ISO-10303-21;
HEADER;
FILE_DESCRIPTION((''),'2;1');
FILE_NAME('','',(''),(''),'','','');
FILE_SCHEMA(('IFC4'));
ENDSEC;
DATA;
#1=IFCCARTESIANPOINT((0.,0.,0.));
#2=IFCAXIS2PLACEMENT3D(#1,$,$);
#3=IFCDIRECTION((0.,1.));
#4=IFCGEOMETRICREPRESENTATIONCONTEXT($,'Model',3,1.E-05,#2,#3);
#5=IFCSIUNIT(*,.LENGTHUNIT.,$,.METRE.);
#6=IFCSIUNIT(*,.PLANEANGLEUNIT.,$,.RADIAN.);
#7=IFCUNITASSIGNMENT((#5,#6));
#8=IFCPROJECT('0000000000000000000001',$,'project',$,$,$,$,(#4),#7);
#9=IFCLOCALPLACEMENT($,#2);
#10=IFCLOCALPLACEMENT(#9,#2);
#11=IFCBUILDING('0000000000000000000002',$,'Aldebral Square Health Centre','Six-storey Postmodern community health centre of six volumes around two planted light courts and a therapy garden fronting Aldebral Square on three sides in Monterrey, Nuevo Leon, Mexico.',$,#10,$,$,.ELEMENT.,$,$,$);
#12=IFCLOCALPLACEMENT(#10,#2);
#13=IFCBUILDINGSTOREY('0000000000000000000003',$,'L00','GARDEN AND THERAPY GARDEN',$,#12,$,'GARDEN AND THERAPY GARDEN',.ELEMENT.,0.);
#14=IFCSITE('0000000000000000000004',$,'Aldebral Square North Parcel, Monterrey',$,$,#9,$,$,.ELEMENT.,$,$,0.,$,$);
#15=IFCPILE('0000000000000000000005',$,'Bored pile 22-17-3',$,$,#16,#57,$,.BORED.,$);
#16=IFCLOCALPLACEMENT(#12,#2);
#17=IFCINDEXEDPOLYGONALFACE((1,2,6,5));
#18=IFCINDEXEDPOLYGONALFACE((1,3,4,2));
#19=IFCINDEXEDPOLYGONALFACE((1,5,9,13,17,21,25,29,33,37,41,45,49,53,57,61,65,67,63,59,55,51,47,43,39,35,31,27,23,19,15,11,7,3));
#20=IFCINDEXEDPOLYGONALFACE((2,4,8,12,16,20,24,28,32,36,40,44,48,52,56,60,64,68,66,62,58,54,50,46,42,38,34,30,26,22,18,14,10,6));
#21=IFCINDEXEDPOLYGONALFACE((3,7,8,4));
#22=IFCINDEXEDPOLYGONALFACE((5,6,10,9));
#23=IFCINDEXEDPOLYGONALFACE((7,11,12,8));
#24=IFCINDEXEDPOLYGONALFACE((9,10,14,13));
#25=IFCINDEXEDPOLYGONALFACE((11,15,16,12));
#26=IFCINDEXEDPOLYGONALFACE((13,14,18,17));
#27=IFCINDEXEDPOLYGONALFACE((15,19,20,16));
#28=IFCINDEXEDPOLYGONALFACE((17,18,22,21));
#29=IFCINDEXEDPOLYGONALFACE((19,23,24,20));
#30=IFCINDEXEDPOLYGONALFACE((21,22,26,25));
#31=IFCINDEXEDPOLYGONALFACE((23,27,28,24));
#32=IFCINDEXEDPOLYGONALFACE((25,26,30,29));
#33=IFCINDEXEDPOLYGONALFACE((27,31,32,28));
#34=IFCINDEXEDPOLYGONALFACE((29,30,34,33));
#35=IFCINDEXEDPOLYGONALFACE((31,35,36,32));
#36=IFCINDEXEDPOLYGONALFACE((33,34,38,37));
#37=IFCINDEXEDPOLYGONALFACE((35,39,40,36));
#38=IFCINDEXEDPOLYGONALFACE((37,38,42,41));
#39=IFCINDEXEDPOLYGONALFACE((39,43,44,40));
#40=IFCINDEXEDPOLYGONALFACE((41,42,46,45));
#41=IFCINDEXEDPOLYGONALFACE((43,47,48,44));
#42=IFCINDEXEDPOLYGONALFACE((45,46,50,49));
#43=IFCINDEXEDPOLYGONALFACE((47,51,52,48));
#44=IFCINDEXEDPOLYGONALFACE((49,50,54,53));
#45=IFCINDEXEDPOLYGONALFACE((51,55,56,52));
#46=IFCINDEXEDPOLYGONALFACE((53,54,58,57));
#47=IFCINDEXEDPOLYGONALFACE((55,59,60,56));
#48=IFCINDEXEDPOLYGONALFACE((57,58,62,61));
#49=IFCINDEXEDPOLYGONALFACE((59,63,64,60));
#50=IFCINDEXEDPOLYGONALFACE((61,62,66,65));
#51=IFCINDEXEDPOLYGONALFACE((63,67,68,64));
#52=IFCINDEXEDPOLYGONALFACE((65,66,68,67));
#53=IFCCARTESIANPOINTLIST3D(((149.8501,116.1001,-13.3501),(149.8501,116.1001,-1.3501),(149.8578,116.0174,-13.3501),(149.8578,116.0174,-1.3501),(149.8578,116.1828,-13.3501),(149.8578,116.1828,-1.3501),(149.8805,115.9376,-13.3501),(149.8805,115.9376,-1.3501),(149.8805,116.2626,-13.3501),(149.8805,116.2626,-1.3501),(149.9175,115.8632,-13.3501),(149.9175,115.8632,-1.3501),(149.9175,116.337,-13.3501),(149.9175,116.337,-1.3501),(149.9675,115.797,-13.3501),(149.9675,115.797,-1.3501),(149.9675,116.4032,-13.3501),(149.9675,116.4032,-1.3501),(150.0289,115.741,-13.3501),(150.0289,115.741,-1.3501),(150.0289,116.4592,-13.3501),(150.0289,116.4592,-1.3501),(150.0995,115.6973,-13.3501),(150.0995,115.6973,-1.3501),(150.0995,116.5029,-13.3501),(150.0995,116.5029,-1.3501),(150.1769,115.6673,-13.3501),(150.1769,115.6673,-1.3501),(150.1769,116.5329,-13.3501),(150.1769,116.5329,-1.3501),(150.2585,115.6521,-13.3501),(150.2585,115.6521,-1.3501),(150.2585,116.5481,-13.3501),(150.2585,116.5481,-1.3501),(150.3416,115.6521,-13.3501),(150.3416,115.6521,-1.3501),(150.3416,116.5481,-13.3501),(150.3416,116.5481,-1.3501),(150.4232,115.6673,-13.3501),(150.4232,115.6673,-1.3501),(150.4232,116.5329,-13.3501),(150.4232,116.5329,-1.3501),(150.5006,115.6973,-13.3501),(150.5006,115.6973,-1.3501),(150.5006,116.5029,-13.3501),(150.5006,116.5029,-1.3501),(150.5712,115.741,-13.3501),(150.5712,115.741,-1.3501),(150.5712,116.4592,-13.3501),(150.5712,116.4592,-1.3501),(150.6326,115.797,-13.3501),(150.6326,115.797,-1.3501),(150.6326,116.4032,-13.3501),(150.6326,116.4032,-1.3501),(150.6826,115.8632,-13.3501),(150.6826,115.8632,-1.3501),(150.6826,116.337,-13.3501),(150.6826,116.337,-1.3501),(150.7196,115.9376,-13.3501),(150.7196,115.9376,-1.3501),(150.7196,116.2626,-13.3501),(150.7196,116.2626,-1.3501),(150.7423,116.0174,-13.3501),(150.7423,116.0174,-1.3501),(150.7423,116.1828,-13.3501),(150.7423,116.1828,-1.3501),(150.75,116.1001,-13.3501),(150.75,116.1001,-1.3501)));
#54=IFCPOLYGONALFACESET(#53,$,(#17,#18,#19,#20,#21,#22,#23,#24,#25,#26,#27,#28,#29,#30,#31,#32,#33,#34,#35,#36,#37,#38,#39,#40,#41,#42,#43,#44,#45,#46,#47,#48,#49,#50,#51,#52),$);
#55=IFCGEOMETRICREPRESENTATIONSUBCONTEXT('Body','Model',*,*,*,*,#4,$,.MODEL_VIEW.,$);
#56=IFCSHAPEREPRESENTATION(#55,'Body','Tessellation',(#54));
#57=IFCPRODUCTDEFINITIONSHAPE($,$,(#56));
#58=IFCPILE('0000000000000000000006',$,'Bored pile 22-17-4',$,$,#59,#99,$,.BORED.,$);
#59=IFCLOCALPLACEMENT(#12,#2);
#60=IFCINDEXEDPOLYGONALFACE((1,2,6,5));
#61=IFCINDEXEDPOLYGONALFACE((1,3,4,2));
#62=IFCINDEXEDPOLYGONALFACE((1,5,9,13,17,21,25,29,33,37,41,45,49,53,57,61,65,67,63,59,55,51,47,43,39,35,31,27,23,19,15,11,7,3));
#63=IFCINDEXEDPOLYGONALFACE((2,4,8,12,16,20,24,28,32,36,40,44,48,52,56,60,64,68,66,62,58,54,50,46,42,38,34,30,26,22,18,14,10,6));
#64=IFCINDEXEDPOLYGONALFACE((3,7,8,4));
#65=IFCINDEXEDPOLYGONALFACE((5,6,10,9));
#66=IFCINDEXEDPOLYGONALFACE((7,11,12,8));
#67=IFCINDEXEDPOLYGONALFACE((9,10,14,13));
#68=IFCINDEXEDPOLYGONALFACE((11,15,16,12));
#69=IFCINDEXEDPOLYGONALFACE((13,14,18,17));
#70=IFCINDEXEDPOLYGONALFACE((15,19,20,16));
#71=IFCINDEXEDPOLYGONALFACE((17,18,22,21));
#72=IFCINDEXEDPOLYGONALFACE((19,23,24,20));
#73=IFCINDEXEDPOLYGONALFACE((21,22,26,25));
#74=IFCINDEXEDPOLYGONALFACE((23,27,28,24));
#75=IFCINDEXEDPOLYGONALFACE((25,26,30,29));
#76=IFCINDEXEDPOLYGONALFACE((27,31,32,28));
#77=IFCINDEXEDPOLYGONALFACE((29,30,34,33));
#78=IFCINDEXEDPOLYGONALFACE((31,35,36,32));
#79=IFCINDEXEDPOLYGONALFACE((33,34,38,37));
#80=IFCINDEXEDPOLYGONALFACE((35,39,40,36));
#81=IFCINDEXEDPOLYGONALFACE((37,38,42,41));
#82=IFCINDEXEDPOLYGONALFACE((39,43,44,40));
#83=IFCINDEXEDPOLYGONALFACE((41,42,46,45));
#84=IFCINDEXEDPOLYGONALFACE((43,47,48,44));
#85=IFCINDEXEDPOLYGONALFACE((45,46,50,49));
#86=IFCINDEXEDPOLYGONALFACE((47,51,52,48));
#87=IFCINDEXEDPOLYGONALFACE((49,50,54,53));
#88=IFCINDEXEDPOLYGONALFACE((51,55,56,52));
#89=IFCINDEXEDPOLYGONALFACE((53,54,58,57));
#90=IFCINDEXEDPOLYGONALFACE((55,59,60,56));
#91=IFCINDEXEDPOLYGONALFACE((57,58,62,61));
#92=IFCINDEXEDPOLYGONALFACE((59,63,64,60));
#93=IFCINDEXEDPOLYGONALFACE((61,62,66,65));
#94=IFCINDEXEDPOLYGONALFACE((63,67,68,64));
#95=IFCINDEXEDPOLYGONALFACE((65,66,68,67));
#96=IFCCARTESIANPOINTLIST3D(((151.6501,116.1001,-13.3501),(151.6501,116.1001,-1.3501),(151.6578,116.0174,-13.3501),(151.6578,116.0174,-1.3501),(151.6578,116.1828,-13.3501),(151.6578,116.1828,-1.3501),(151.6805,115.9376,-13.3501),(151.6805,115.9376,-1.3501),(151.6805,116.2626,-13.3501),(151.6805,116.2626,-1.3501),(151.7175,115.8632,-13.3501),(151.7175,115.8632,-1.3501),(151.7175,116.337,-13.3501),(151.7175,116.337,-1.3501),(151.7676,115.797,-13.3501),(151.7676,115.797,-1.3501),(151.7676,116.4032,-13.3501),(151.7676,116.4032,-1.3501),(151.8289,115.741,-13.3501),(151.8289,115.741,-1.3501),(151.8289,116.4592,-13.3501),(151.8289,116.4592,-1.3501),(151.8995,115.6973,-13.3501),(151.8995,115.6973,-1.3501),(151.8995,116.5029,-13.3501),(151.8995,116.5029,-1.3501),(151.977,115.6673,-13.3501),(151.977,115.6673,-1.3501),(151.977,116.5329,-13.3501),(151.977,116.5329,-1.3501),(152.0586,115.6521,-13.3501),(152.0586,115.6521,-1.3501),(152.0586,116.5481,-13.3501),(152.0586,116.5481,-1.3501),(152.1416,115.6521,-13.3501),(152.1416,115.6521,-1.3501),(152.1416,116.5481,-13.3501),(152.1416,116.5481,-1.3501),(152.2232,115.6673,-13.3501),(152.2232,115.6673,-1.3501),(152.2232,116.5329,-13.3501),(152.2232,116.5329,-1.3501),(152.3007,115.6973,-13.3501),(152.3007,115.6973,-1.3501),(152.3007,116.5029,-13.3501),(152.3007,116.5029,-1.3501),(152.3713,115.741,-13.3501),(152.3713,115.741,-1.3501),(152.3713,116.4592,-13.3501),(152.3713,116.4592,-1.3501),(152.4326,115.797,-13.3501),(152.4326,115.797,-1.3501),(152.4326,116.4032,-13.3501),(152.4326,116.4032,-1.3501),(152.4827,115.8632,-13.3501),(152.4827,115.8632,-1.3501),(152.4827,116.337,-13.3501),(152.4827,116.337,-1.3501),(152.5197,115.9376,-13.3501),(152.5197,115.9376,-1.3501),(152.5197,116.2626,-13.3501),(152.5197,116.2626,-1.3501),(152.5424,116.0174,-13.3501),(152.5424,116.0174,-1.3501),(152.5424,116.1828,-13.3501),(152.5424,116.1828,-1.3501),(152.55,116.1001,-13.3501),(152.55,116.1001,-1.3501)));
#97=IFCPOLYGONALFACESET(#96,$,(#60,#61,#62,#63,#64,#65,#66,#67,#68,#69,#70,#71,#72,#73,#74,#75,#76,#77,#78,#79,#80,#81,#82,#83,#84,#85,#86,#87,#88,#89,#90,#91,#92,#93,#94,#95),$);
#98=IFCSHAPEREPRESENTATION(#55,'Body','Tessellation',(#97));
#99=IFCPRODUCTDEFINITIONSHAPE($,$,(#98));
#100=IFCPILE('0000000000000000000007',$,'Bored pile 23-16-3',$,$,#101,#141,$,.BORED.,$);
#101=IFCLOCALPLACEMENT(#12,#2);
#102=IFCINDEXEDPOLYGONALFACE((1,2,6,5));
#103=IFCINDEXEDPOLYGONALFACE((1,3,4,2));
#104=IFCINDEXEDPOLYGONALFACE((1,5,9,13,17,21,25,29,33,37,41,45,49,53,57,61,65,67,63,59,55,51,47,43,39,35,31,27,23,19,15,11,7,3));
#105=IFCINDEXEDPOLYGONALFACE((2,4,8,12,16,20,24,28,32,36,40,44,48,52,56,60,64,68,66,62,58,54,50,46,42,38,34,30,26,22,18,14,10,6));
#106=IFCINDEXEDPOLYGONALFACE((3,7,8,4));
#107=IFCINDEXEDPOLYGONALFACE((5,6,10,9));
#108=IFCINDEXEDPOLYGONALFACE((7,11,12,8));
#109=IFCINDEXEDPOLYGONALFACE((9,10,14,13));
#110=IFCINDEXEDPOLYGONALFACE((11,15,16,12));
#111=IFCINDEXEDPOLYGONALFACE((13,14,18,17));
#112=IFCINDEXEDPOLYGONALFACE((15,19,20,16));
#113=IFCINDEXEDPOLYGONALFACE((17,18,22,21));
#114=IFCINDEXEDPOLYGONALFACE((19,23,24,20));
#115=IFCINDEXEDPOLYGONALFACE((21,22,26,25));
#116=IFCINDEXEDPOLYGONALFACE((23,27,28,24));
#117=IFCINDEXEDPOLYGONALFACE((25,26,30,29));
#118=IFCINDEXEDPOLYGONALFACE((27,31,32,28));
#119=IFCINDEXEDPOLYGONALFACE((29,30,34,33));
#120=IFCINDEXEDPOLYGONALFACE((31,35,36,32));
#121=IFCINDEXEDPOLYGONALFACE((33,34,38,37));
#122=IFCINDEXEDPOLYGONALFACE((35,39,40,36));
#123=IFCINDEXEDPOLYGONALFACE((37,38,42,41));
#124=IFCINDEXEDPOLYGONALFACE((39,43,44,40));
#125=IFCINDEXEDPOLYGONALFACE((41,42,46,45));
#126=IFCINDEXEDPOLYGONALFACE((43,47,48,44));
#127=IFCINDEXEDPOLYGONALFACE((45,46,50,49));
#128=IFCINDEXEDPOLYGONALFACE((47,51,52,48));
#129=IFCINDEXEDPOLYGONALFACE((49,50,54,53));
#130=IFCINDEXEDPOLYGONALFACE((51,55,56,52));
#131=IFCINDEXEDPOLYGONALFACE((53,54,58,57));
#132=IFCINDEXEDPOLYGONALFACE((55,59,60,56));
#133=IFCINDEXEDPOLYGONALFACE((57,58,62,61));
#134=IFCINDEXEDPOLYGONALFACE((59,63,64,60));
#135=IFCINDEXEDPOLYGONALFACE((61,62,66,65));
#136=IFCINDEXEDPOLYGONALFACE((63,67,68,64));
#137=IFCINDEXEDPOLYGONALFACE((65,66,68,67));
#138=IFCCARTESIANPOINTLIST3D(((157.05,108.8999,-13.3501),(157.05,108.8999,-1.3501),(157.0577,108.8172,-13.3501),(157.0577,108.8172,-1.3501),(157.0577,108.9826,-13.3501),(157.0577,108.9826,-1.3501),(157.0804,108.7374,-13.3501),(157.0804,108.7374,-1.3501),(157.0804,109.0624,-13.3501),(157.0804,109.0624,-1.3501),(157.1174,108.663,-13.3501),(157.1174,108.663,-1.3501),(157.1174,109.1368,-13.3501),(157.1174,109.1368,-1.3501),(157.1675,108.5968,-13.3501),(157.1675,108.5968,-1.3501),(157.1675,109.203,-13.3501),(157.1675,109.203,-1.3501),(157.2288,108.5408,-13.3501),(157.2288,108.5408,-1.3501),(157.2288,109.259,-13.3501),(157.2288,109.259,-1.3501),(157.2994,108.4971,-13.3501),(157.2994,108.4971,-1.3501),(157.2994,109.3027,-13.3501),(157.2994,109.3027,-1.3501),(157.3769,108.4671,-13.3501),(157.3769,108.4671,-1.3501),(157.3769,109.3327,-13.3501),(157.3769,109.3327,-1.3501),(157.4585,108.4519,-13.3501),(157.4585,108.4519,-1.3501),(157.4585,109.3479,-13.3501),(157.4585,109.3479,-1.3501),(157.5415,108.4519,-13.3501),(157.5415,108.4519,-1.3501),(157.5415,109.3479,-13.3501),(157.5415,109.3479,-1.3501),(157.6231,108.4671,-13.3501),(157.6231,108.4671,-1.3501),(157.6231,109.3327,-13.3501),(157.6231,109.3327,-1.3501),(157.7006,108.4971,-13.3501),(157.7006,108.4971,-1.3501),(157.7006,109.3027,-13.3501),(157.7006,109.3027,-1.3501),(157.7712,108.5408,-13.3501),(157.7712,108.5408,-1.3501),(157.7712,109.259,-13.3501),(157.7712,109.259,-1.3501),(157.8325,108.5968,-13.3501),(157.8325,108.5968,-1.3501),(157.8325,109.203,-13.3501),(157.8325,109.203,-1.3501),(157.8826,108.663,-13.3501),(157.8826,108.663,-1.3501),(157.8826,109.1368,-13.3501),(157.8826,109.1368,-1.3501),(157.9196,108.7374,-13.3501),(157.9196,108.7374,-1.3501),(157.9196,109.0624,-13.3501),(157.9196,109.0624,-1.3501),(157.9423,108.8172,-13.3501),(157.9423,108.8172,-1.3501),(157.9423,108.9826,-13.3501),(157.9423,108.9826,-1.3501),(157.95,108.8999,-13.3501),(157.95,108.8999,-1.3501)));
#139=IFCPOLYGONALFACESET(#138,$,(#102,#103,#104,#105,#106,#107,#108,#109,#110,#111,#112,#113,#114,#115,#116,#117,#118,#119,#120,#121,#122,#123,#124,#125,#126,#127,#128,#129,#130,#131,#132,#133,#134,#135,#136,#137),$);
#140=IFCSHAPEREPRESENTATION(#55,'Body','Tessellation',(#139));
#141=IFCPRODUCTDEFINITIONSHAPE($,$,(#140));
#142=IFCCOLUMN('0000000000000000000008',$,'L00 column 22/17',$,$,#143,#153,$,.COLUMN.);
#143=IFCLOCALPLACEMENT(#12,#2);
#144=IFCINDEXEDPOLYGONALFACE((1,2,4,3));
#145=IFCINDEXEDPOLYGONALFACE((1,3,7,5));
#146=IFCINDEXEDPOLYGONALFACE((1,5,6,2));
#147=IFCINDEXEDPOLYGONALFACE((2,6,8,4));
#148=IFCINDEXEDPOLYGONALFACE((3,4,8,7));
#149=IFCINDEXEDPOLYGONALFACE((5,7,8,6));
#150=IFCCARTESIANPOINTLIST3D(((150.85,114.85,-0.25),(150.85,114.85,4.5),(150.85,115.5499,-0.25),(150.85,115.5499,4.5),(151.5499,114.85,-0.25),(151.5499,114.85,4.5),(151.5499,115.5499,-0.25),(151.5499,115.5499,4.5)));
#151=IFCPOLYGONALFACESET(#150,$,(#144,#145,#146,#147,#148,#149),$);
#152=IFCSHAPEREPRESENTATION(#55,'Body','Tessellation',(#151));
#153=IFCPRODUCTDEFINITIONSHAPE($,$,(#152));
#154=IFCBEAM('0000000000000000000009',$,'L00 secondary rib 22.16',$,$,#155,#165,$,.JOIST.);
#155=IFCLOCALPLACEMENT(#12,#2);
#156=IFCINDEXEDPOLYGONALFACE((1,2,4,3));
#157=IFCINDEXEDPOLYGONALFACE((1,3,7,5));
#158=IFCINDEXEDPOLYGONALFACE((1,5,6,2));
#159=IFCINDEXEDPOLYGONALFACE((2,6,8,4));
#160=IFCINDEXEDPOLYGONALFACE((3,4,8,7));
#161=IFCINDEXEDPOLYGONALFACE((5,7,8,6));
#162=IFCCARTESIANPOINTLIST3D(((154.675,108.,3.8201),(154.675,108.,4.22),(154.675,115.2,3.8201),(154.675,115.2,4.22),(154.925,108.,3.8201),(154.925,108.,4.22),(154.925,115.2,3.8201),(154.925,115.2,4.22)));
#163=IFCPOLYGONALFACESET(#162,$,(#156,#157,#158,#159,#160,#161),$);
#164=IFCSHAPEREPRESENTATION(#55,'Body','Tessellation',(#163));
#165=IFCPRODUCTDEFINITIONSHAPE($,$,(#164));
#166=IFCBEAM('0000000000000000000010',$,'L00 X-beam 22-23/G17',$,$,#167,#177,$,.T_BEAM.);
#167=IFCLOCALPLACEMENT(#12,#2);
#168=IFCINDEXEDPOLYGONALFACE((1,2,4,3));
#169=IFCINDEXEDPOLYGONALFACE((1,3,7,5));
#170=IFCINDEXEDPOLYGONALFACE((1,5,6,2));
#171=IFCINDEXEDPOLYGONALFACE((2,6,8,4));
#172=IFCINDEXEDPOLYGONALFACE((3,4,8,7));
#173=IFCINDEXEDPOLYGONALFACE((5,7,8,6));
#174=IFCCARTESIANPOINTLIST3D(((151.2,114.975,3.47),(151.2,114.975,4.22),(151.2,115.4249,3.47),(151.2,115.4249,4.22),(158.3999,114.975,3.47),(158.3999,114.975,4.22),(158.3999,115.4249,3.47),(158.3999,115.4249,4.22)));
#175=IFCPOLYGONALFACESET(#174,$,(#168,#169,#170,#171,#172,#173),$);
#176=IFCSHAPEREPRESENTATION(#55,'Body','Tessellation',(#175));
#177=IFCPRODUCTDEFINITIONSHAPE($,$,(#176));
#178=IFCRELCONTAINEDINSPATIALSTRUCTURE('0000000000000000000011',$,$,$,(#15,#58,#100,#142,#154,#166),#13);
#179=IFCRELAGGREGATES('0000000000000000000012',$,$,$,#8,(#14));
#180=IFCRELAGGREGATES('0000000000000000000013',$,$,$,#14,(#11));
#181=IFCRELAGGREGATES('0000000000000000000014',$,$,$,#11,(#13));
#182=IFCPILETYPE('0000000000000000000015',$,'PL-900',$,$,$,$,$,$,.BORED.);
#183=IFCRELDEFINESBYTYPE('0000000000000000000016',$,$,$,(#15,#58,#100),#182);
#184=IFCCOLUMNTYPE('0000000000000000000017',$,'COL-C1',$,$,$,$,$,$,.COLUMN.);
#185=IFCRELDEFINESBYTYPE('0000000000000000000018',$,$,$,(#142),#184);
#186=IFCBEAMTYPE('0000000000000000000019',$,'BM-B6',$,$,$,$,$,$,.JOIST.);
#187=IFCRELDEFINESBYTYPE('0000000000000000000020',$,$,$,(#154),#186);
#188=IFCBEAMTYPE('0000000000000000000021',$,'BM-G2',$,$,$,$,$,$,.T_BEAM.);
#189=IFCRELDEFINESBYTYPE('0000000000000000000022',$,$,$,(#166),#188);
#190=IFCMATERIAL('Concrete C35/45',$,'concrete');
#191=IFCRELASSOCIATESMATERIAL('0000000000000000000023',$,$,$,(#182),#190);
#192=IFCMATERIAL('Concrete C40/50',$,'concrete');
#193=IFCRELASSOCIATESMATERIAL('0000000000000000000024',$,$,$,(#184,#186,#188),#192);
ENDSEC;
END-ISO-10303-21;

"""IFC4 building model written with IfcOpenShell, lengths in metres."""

from ifc_helpers import new_model, si_unit, direction, frame, origin, origin_2d, place, context, subcontext, project, spatial, rectangle, circle, extrude, material, material_profile, profile_set, type_object, element, save


model = new_model("IFC4")

# Units and contexts
model_context = context("Model", 3, precision=1e-05, world=origin(), true_north=direction((0.0, 1.0)))
body_context = subcontext(model_context, "Body", "Model", "MODEL_VIEW")
ifc_project = project(units=[si_unit("LENGTHUNIT", "METRE"), si_unit("PLANEANGLEUNIT", "RADIAN")], contexts=[model_context])

# Site, building, storey
site_placement = place(None, origin())
site = spatial("IfcSite", under=ifc_project, at=site_placement, Name="Aldebral Square North Parcel, Monterrey", CompositionType="ELEMENT", RefElevation=0.0)
building_placement = place(site_placement, origin())
building = spatial("IfcBuilding", under=site, at=building_placement, Name="Aldebral Square Health Centre", Description="Six-storey Postmodern community health centre of six volumes around two planted light courts and a therapy garden fronting Aldebral Square on three sides in Monterrey, Nuevo Leon, Mexico.", CompositionType="ELEMENT")
storey_placement = place(building_placement, origin())
storey = spatial("IfcBuildingStorey", under=building, at=storey_placement, Name="L00", Description="GARDEN AND THERAPY GARDEN", LongName="GARDEN AND THERAPY GARDEN", CompositionType="ELEMENT", Elevation=0.0)

# Shared definitions
ifc_material_1 = material(Name="Concrete C35/45", Category="concrete")

# Piles
ifc_material_profile_1 = material_profile(ifc_material_1, circle(Radius=0.45, at=origin_2d()), Name="PILE D900")
ifc_profile_set_1 = profile_set([ifc_material_profile_1], Name="Concrete C35/45")
pile_type = type_object("IfcPileType", Name="PL-900", PredefinedType="BORED", material=ifc_profile_set_1)
for number, where, z_axis, x_axis, name in (
    (1, (150.3, 116.1001, -1.3501), (0.0, 0.0, -1.0), (1.0, 0.0, 0.0), "Bored pile 22-17-3"),
    (2, (152.1001, 116.1001, -1.3501), (0.0, 0.0, -1.0), (1.0, 0.0, 0.0), "Bored pile 22-17-4"),
    (3, (157.5, 108.8999, -1.3501), (0.0, 0.0, -1.0), (1.0, 0.0, 0.0), "Bored pile 23-16-3"),
):
    element("IfcPile", number, at=place(storey_placement, frame(where, z_axis=z_axis, x_axis=x_axis)), inside=storey, type_object=pile_type, Name=name, PredefinedType="BORED", context=body_context, shape_type="SweptSolid", body=[
        extrude(circle(Radius=0.45, at=origin_2d()), origin(), (0.0, 0.0, 1.0), 12.0),
    ])

# Column
ifc_material_2 = material(Name="Concrete C40/50", Category="concrete")
ifc_material_profile_2 = material_profile(ifc_material_2, rectangle(XDim=0.7, YDim=0.7, at=origin_2d()), Name="RC 700x700")
ifc_profile_set_2 = profile_set([ifc_material_profile_2], Name="Concrete C40/50")
column_type = type_object("IfcColumnType", Name="COL-C1", PredefinedType="COLUMN", material=ifc_profile_set_2)
column_placement = place(storey_placement, frame((151.2, 115.2, -0.25), z_axis=(0.0, 0.0, 1.0), x_axis=(1.0, 0.0, 0.0)))
element("IfcColumn", 4, at=column_placement, inside=storey, type_object=column_type, Name="L00 column 22/17", PredefinedType="COLUMN", context=body_context, shape_type="SweptSolid", body=[
    extrude(rectangle(XDim=0.7, YDim=0.7, at=origin_2d()), origin(), (0.0, 0.0, 1.0), 4.75),
])

# Beams
ifc_material_profile_3 = material_profile(ifc_material_2, rectangle(XDim=0.25, YDim=0.3999, at=origin_2d()), Name="RC 250x400")
ifc_profile_set_3 = profile_set([ifc_material_profile_3], Name="Concrete C40/50")
beam_type_1 = type_object("IfcBeamType", Name="BM-B6", PredefinedType="JOIST", material=ifc_profile_set_3)
beam_1_placement = place(storey_placement, frame((154.8, 108.0, 4.02), z_axis=(0.0, 1.0, 0.0), x_axis=(-1.0, 0.0, 0.0)))
element("IfcBeam", 5, at=beam_1_placement, inside=storey, type_object=beam_type_1, Name="L00 secondary rib 22.16", PredefinedType="JOIST", context=body_context, shape_type="SweptSolid", body=[
    extrude(rectangle(XDim=0.25, YDim=0.3999, at=origin_2d()), origin(), (0.0, 0.0, 1.0), 7.2),
])
ifc_material_profile_4 = material_profile(ifc_material_2, rectangle(XDim=0.45, YDim=0.75, at=origin_2d()), Name="RC 450x750")
ifc_profile_set_4 = profile_set([ifc_material_profile_4], Name="Concrete C40/50")
beam_type_2 = type_object("IfcBeamType", Name="BM-G2", PredefinedType="T_BEAM", material=ifc_profile_set_4)
beam_2_placement = place(storey_placement, frame((151.2, 115.2, 3.845), z_axis=(1.0, 0.0, 0.0), x_axis=(0.0, 1.0, 0.0)))
element("IfcBeam", 6, at=beam_2_placement, inside=storey, type_object=beam_type_2, Name="L00 X-beam 22-23/G17", PredefinedType="T_BEAM", context=body_context, shape_type="SweptSolid", body=[
    extrude(rectangle(XDim=0.45, YDim=0.75, at=origin_2d()), origin(), (0.0, 0.0, 1.0), 7.2),
])

save(model, "model.ifc")
